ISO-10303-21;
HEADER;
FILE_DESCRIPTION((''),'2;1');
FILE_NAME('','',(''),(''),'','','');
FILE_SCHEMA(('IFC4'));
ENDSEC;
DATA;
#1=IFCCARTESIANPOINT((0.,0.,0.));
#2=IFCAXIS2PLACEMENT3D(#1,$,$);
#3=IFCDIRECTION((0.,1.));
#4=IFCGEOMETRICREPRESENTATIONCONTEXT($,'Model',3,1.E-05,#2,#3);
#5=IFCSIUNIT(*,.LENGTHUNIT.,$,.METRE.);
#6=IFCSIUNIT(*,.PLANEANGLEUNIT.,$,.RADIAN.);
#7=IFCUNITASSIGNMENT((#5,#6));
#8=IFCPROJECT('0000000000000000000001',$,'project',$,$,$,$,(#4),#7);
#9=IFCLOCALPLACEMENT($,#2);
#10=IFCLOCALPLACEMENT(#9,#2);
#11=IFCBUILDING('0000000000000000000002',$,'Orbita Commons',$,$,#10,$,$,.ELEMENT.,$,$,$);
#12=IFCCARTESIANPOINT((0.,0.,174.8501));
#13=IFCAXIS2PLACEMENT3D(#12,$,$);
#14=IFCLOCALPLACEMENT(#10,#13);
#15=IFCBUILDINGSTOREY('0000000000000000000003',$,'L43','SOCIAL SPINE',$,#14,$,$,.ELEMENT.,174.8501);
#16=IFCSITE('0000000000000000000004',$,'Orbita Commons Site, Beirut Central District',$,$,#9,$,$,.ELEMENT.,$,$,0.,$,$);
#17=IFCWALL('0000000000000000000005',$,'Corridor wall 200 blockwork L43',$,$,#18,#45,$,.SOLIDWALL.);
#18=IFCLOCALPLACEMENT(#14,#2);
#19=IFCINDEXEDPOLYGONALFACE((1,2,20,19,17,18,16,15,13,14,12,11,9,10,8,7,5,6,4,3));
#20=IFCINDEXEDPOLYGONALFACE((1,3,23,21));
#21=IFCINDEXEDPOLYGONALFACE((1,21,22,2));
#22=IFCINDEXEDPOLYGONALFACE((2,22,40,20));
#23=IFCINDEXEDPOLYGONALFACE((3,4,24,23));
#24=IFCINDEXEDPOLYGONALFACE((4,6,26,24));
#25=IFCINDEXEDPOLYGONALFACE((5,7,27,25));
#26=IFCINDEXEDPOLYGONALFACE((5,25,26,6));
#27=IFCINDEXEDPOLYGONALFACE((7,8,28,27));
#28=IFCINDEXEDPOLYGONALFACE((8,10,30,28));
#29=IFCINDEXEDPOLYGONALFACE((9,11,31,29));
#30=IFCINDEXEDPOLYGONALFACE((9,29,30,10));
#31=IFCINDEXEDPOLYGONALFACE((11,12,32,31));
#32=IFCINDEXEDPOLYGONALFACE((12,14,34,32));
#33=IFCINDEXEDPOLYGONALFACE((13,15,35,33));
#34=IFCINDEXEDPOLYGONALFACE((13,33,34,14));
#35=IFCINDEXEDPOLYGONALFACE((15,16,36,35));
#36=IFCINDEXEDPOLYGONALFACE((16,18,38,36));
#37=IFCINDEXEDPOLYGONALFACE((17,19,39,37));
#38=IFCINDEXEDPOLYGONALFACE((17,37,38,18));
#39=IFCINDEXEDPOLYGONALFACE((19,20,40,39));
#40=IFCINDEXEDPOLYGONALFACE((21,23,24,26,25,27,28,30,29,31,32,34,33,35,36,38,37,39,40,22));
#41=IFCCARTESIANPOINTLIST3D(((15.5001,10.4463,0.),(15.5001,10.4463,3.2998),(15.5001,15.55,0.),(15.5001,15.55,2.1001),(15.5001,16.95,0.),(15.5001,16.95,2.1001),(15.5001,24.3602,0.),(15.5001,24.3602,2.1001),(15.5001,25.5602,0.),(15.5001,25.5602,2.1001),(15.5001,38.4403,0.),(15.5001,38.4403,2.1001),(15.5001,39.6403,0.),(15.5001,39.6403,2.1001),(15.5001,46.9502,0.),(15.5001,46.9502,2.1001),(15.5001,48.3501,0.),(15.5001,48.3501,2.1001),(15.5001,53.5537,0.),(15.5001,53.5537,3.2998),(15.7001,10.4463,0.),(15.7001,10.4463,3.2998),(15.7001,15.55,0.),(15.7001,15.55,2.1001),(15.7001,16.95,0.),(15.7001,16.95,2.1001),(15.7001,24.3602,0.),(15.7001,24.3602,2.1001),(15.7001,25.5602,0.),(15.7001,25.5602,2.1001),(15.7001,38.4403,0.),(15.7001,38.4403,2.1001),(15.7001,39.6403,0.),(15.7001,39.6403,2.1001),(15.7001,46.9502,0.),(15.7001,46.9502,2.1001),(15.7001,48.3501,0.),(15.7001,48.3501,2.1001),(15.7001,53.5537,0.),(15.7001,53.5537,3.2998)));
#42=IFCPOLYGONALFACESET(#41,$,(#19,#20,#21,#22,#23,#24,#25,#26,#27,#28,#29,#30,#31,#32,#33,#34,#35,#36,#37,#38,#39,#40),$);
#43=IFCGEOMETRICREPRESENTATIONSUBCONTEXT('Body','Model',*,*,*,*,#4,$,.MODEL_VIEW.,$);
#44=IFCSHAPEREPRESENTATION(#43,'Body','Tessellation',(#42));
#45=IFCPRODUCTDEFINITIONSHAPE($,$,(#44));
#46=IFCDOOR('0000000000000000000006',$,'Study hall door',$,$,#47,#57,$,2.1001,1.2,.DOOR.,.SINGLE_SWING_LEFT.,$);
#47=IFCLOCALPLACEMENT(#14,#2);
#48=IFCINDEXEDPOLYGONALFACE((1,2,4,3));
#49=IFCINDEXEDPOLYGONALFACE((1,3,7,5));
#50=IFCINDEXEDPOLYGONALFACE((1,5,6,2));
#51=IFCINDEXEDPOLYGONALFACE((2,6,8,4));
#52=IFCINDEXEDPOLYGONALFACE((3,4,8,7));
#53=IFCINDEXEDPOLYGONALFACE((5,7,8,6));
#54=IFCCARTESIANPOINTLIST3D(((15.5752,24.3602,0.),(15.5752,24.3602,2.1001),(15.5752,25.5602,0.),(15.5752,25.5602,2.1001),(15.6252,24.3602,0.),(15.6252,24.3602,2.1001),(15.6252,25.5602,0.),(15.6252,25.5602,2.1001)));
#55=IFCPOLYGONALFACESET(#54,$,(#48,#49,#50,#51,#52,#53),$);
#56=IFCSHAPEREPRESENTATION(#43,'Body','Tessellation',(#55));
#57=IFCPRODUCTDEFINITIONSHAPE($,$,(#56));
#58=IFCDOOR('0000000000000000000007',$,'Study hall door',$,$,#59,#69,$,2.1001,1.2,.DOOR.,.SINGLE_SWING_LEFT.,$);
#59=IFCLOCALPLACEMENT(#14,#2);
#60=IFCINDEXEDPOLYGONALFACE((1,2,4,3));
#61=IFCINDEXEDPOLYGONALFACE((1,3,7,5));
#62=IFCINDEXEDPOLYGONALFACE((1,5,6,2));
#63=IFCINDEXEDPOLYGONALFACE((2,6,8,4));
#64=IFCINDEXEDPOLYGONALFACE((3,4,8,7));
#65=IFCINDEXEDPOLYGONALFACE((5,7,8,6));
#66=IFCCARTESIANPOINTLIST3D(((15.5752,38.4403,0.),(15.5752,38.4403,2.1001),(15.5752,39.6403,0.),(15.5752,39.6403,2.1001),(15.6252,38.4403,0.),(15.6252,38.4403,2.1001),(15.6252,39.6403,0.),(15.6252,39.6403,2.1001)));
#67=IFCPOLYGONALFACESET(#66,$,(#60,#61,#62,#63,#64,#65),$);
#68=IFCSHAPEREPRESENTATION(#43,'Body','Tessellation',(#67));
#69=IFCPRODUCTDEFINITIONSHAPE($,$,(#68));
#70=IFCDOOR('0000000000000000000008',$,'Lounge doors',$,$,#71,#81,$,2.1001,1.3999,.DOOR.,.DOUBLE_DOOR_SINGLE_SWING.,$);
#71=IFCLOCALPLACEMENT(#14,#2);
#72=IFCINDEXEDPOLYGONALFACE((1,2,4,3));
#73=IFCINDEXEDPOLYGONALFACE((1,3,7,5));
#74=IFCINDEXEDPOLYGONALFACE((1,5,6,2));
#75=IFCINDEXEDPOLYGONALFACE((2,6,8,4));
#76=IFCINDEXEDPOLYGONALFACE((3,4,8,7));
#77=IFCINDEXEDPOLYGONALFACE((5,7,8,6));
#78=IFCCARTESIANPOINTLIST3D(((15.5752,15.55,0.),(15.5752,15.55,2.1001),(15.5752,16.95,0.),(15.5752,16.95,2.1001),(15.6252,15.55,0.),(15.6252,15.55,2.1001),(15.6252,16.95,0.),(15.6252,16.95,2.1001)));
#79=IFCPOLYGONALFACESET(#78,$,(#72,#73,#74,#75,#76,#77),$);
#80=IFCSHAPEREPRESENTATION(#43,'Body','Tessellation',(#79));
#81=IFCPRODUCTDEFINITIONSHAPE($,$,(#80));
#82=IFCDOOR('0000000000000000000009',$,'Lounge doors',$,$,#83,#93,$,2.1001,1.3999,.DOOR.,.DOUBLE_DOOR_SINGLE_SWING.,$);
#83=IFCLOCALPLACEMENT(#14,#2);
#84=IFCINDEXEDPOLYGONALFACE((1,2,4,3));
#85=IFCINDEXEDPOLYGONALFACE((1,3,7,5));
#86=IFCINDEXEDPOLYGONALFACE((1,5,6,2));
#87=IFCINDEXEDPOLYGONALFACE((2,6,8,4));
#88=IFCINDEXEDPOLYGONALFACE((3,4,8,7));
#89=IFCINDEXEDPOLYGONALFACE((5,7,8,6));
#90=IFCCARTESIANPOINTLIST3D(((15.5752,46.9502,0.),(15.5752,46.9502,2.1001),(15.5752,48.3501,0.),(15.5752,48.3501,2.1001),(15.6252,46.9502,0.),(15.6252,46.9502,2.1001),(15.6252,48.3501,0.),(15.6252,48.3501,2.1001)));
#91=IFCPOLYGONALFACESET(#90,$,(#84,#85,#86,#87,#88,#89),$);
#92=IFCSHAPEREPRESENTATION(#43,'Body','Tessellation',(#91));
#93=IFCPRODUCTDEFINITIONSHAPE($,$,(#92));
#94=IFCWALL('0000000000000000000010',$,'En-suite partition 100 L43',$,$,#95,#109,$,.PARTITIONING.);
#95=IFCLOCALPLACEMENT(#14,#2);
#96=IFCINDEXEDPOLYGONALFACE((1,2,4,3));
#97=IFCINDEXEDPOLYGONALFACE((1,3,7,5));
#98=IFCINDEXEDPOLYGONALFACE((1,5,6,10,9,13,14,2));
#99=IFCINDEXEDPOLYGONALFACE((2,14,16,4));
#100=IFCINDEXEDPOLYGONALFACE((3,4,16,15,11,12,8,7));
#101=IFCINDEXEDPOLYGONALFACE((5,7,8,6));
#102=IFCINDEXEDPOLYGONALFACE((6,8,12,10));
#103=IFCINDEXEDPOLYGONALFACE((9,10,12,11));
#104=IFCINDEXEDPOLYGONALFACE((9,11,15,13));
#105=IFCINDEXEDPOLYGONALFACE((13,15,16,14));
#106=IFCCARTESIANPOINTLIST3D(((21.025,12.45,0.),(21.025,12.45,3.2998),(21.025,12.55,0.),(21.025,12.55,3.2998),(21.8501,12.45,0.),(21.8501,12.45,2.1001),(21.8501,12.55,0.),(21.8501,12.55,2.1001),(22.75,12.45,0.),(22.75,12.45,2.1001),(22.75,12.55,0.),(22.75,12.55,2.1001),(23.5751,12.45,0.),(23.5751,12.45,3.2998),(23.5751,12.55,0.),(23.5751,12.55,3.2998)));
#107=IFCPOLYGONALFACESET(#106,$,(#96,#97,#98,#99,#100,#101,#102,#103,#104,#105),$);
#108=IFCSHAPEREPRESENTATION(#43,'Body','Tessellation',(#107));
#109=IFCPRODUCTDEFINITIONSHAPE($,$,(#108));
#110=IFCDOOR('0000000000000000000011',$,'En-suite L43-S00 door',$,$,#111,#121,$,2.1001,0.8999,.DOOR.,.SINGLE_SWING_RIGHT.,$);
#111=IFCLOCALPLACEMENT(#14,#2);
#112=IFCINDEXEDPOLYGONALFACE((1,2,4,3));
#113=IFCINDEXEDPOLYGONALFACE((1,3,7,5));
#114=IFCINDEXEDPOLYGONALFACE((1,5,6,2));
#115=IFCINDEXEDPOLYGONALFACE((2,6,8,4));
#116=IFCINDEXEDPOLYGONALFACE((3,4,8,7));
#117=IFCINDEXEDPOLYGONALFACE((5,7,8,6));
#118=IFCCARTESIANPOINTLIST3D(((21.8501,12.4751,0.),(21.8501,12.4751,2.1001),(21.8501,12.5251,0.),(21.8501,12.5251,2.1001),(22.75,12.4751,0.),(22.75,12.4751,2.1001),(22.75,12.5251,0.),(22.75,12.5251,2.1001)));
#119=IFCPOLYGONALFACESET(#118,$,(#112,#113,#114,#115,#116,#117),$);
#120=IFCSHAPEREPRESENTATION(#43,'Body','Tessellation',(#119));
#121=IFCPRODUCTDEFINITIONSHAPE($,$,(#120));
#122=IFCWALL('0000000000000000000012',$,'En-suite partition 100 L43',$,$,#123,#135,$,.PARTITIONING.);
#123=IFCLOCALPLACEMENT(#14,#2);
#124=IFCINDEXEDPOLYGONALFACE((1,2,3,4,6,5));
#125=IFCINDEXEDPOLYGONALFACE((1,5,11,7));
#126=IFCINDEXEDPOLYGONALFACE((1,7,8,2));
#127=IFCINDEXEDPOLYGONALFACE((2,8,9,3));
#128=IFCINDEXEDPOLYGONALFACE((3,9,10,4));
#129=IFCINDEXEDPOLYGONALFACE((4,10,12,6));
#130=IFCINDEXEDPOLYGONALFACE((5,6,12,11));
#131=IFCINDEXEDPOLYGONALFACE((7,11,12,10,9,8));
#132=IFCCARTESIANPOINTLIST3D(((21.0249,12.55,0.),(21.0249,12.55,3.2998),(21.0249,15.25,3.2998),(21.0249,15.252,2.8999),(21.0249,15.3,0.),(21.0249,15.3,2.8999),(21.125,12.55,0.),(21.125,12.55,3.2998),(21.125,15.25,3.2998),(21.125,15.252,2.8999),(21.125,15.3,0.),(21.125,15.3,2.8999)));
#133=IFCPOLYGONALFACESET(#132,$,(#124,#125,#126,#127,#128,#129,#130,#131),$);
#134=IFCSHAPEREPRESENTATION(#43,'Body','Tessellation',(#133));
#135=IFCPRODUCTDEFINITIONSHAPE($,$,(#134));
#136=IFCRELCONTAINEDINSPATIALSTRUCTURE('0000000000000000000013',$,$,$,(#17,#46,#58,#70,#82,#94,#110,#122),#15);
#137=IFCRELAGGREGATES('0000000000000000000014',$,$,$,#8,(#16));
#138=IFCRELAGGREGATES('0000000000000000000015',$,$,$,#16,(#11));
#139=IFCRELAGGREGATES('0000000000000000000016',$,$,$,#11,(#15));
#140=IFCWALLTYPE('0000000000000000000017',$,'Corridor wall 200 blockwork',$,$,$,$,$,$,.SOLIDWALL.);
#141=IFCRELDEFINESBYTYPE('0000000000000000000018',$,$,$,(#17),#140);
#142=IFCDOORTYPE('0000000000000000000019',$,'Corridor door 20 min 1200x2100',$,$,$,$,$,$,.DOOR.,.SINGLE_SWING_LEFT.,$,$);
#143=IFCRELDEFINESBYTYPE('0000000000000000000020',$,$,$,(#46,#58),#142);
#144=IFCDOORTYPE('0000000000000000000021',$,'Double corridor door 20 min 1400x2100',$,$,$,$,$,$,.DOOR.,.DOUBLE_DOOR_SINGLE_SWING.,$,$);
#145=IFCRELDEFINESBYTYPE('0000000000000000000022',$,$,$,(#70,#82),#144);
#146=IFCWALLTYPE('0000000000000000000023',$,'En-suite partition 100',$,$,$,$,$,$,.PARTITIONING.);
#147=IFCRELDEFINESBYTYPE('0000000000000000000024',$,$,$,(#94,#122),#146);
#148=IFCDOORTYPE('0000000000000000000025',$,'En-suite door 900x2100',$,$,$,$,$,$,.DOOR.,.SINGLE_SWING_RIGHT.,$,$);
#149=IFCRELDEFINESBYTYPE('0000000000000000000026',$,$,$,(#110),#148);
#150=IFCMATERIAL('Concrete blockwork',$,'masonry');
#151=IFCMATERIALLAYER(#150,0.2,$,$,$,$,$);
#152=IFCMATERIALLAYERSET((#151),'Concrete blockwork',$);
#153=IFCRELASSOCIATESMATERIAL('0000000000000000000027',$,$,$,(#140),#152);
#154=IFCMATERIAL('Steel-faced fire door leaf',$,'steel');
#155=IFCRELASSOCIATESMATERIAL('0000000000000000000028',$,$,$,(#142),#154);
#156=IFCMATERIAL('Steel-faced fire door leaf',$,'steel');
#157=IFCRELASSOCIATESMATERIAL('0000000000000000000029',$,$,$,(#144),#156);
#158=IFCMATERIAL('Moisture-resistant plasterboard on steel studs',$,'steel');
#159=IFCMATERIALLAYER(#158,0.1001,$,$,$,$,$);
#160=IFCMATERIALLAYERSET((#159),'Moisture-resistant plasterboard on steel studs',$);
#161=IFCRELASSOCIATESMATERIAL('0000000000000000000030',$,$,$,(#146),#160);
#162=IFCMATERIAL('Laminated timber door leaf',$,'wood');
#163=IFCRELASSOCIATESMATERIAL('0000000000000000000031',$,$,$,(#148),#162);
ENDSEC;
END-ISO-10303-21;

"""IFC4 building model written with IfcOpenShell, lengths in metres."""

from ifc_helpers import new_model, si_unit, direction, frame, frame_2d, origin, place, context, subcontext, project, spatial, polyline, rectangle, outline, extrude, material, layer, layer_set, type_object, element, fill, save


model = new_model("IFC4")

# Units and contexts
model_context = context("Model", 3, precision=1e-05, world=origin(), true_north=direction((0.0, 1.0)))
body_context = subcontext(model_context, "Body", "Model", "MODEL_VIEW")
ifc_project = project(units=[si_unit("LENGTHUNIT", "METRE"), si_unit("PLANEANGLEUNIT", "RADIAN")], contexts=[model_context])

# Site, building, storey
site_placement = place(None, origin())
site = spatial("IfcSite", under=ifc_project, at=site_placement, Name="Orbita Commons Site, Beirut Central District", CompositionType="ELEMENT", RefElevation=0.0)
building_placement = place(site_placement, origin())
building = spatial("IfcBuilding", under=site, at=building_placement, Name="Orbita Commons", CompositionType="ELEMENT")
storey_placement = place(building_placement, frame((0.0, 0.0, 174.8501)))
storey = spatial("IfcBuildingStorey", under=building, at=storey_placement, Name="L43", Description="SOCIAL SPINE", CompositionType="ELEMENT", Elevation=174.8501)

# Shared definitions
ifc_material_1 = material(Name="Concrete blockwork", Category="masonry")
ifc_layer_1 = layer(ifc_material_1, 0.2)
ifc_layer_set_1 = layer_set([ifc_layer_1], Name="Concrete blockwork")
wall_type_1 = type_object("IfcWallType", Name="Corridor wall 200 blockwork", PredefinedType="SOLIDWALL", material=ifc_layer_set_1)

# Wall, openings, doors
wall_1_placement = place(storey_placement, frame((15.6001, 10.4463, 0.0), z_axis=(0.0, 0.0, 1.0), x_axis=(0.0, 1.0, 0.0)))
wall_1 = element("IfcWall", 1, at=wall_1_placement, inside=storey, type_object=wall_type_1, Name="Corridor wall 200 blockwork L43", PredefinedType="SOLIDWALL", context=body_context, shape_type="SweptSolid", body=[
    extrude(rectangle(XDim=43.1074, YDim=0.2, at=frame_2d((21.5537, 0.0))), origin(), (0.0, 0.0, 1.0), 3.2998),
])
opening_1_placement = place(wall_1_placement, frame((13.9138, 0.0, 0.0)))
opening_1 = element("IfcOpeningElement", 2, at=opening_1_placement, cuts=wall_1, PredefinedType="OPENING", context=body_context, shape_type="SweptSolid", body=[
    extrude(rectangle(XDim=1.2, YDim=2.1001, at=frame_2d((0.6001, 1.05))), frame((0.0, 0.1099, 0.0), z_axis=(0.0, -1.0, 0.0), x_axis=(1.0, 0.0, 0.0)), (0.0, 0.0, 1.0), 0.22),
])
opening_2_placement = place(wall_1_placement, frame((27.9939, 0.0, 0.0)))
opening_2 = element("IfcOpeningElement", 3, at=opening_2_placement, cuts=wall_1, PredefinedType="OPENING", context=body_context, shape_type="SweptSolid", body=[
    extrude(rectangle(XDim=1.2, YDim=2.1001, at=frame_2d((0.6001, 1.05))), frame((0.0, 0.1099, 0.0), z_axis=(0.0, -1.0, 0.0), x_axis=(1.0, 0.0, 0.0)), (0.0, 0.0, 1.0), 0.22),
])
opening_3_placement = place(wall_1_placement, frame((5.1038, 0.0, 0.0)))
opening_3 = element("IfcOpeningElement", 4, at=opening_3_placement, cuts=wall_1, PredefinedType="OPENING", context=body_context, shape_type="SweptSolid", body=[
    extrude(rectangle(XDim=1.3999, YDim=2.1001, at=frame_2d((0.7, 1.05))), frame((0.0, 0.1099, 0.0), z_axis=(0.0, -1.0, 0.0), x_axis=(1.0, 0.0, 0.0)), (0.0, 0.0, 1.0), 0.22),
])
opening_4_placement = place(wall_1_placement, frame((36.5039, 0.0, 0.0)))
opening_4 = element("IfcOpeningElement", 5, at=opening_4_placement, cuts=wall_1, PredefinedType="OPENING", context=body_context, shape_type="SweptSolid", body=[
    extrude(rectangle(XDim=1.3999, YDim=2.1001, at=frame_2d((0.7, 1.05))), frame((0.0, 0.1099, 0.0), z_axis=(0.0, -1.0, 0.0), x_axis=(1.0, 0.0, 0.0)), (0.0, 0.0, 1.0), 0.22),
])
ifc_material_2 = material(Name="Steel-faced fire door leaf", Category="steel")
door_type_1 = type_object("IfcDoorType", Name="Corridor door 20 min 1200x2100", OperationType="SINGLE_SWING_LEFT", PredefinedType="DOOR", material=ifc_material_2)
door_1_placement = place(opening_1_placement, origin())
door_1 = element("IfcDoor", 6, at=door_1_placement, inside=storey, type_object=door_type_1, Name="Study hall door", OperationType="SINGLE_SWING_LEFT", OverallHeight=2.1001, OverallWidth=1.2, PredefinedType="DOOR", context=body_context, shape_type="SweptSolid", body=[
    extrude(rectangle(XDim=1.2, YDim=2.1001, at=frame_2d((0.6001, 1.05))), frame((0.0, 0.0249, 0.0), z_axis=(0.0, -1.0, 0.0), x_axis=(1.0, 0.0, 0.0)), (0.0, 0.0, 1.0), 0.05),
])
fill(opening_1, door_1)
door_2_placement = place(opening_2_placement, origin())
door_2 = element("IfcDoor", 7, at=door_2_placement, inside=storey, type_object=door_type_1, Name="Study hall door", OperationType="SINGLE_SWING_LEFT", OverallHeight=2.1001, OverallWidth=1.2, PredefinedType="DOOR", context=body_context, shape_type="SweptSolid", body=[
    extrude(rectangle(XDim=1.2, YDim=2.1001, at=frame_2d((0.6001, 1.05))), frame((0.0, 0.0249, 0.0), z_axis=(0.0, -1.0, 0.0), x_axis=(1.0, 0.0, 0.0)), (0.0, 0.0, 1.0), 0.05),
])
fill(opening_2, door_2)
ifc_material_3 = material(Name="Steel-faced fire door leaf", Category="steel")
door_type_2 = type_object("IfcDoorType", Name="Double corridor door 20 min 1400x2100", OperationType="DOUBLE_DOOR_SINGLE_SWING", PredefinedType="DOOR", material=ifc_material_3)
door_3_placement = place(opening_3_placement, origin())
door_3 = element("IfcDoor", 8, at=door_3_placement, inside=storey, type_object=door_type_2, Name="Lounge doors", OperationType="DOUBLE_DOOR_SINGLE_SWING", OverallHeight=2.1001, OverallWidth=1.3999, PredefinedType="DOOR", context=body_context, shape_type="SweptSolid", body=[
    extrude(rectangle(XDim=1.3999, YDim=2.1001, at=frame_2d((0.7, 1.05))), frame((0.0, 0.0249, 0.0), z_axis=(0.0, -1.0, 0.0), x_axis=(1.0, 0.0, 0.0)), (0.0, 0.0, 1.0), 0.05),
])
fill(opening_3, door_3)
door_4_placement = place(opening_4_placement, origin())
door_4 = element("IfcDoor", 9, at=door_4_placement, inside=storey, type_object=door_type_2, Name="Lounge doors", OperationType="DOUBLE_DOOR_SINGLE_SWING", OverallHeight=2.1001, OverallWidth=1.3999, PredefinedType="DOOR", context=body_context, shape_type="SweptSolid", body=[
    extrude(rectangle(XDim=1.3999, YDim=2.1001, at=frame_2d((0.7, 1.05))), frame((0.0, 0.0249, 0.0), z_axis=(0.0, -1.0, 0.0), x_axis=(1.0, 0.0, 0.0)), (0.0, 0.0, 1.0), 0.05),
])
fill(opening_4, door_4)

# Wall, opening, door
ifc_material_4 = material(Name="Moisture-resistant plasterboard on steel studs", Category="steel")
ifc_layer_2 = layer(ifc_material_4, 0.1001)
ifc_layer_set_2 = layer_set([ifc_layer_2], Name="Moisture-resistant plasterboard on steel studs")
wall_type_2 = type_object("IfcWallType", Name="En-suite partition 100", PredefinedType="PARTITIONING", material=ifc_layer_set_2)
wall_2_placement = place(storey_placement, frame((23.575, 12.5, 0.0), z_axis=(0.0, 0.0, 1.0), x_axis=(-1.0, 0.0, 0.0)))
wall_2 = element("IfcWall", 10, at=wall_2_placement, inside=storey, type_object=wall_type_2, Name="En-suite partition 100 L43", PredefinedType="PARTITIONING", context=body_context, shape_type="SweptSolid", body=[
    extrude(rectangle(XDim=2.55, YDim=0.1001, at=frame_2d((1.2749, 0.0))), origin(), (0.0, 0.0, 1.0), 3.2998),
])
opening_5_placement = place(wall_2_placement, frame((0.825, 0.0, 0.0)))
opening_5 = element("IfcOpeningElement", 11, at=opening_5_placement, cuts=wall_2, PredefinedType="OPENING", context=body_context, shape_type="SweptSolid", body=[
    extrude(rectangle(XDim=0.8999, YDim=2.1001, at=frame_2d((0.45, 1.05))), frame((0.0, 0.0601, 0.0), z_axis=(0.0, -1.0, 0.0), x_axis=(1.0, 0.0, 0.0)), (0.0, 0.0, 1.0), 0.1201),
])
ifc_material_5 = material(Name="Laminated timber door leaf", Category="wood")
door_type_3 = type_object("IfcDoorType", Name="En-suite door 900x2100", OperationType="SINGLE_SWING_RIGHT", PredefinedType="DOOR", material=ifc_material_5)
door_5_placement = place(opening_5_placement, origin())
door_5 = element("IfcDoor", 12, at=door_5_placement, inside=storey, type_object=door_type_3, Name="En-suite L43-S00 door", OperationType="SINGLE_SWING_RIGHT", OverallHeight=2.1001, OverallWidth=0.8999, PredefinedType="DOOR", context=body_context, shape_type="SweptSolid", body=[
    extrude(rectangle(XDim=0.8999, YDim=2.1001, at=frame_2d((0.45, 1.05))), frame((0.0, 0.0249, 0.0), z_axis=(0.0, -1.0, 0.0), x_axis=(1.0, 0.0, 0.0)), (0.0, 0.0, 1.0), 0.05),
])
fill(opening_5, door_5)

# Wall
wall_3_placement = place(storey_placement, frame((21.075, 12.55, 0.0), z_axis=(0.0, 0.0, 1.0), x_axis=(0.0, 1.0, 0.0)))
element("IfcWall", 13, at=wall_3_placement, inside=storey, type_object=wall_type_2, Name="En-suite partition 100 L43", PredefinedType="PARTITIONING", context=body_context, shape_type="SweptSolid", body=[
    extrude(outline(polyline([(0.0, 0.0), (2.75, 0.0), (2.75, 2.8999), (2.7019, 2.8999), (2.7, 3.2998), (0.0, 3.2998), (0.0, 0.0)])), frame((0.0, 0.05, 0.0), z_axis=(0.0, -1.0, 0.0), x_axis=(1.0, 0.0, 0.0)), (0.0, 0.0, 1.0), 0.1001),
])

save(model, "model.ifc")
